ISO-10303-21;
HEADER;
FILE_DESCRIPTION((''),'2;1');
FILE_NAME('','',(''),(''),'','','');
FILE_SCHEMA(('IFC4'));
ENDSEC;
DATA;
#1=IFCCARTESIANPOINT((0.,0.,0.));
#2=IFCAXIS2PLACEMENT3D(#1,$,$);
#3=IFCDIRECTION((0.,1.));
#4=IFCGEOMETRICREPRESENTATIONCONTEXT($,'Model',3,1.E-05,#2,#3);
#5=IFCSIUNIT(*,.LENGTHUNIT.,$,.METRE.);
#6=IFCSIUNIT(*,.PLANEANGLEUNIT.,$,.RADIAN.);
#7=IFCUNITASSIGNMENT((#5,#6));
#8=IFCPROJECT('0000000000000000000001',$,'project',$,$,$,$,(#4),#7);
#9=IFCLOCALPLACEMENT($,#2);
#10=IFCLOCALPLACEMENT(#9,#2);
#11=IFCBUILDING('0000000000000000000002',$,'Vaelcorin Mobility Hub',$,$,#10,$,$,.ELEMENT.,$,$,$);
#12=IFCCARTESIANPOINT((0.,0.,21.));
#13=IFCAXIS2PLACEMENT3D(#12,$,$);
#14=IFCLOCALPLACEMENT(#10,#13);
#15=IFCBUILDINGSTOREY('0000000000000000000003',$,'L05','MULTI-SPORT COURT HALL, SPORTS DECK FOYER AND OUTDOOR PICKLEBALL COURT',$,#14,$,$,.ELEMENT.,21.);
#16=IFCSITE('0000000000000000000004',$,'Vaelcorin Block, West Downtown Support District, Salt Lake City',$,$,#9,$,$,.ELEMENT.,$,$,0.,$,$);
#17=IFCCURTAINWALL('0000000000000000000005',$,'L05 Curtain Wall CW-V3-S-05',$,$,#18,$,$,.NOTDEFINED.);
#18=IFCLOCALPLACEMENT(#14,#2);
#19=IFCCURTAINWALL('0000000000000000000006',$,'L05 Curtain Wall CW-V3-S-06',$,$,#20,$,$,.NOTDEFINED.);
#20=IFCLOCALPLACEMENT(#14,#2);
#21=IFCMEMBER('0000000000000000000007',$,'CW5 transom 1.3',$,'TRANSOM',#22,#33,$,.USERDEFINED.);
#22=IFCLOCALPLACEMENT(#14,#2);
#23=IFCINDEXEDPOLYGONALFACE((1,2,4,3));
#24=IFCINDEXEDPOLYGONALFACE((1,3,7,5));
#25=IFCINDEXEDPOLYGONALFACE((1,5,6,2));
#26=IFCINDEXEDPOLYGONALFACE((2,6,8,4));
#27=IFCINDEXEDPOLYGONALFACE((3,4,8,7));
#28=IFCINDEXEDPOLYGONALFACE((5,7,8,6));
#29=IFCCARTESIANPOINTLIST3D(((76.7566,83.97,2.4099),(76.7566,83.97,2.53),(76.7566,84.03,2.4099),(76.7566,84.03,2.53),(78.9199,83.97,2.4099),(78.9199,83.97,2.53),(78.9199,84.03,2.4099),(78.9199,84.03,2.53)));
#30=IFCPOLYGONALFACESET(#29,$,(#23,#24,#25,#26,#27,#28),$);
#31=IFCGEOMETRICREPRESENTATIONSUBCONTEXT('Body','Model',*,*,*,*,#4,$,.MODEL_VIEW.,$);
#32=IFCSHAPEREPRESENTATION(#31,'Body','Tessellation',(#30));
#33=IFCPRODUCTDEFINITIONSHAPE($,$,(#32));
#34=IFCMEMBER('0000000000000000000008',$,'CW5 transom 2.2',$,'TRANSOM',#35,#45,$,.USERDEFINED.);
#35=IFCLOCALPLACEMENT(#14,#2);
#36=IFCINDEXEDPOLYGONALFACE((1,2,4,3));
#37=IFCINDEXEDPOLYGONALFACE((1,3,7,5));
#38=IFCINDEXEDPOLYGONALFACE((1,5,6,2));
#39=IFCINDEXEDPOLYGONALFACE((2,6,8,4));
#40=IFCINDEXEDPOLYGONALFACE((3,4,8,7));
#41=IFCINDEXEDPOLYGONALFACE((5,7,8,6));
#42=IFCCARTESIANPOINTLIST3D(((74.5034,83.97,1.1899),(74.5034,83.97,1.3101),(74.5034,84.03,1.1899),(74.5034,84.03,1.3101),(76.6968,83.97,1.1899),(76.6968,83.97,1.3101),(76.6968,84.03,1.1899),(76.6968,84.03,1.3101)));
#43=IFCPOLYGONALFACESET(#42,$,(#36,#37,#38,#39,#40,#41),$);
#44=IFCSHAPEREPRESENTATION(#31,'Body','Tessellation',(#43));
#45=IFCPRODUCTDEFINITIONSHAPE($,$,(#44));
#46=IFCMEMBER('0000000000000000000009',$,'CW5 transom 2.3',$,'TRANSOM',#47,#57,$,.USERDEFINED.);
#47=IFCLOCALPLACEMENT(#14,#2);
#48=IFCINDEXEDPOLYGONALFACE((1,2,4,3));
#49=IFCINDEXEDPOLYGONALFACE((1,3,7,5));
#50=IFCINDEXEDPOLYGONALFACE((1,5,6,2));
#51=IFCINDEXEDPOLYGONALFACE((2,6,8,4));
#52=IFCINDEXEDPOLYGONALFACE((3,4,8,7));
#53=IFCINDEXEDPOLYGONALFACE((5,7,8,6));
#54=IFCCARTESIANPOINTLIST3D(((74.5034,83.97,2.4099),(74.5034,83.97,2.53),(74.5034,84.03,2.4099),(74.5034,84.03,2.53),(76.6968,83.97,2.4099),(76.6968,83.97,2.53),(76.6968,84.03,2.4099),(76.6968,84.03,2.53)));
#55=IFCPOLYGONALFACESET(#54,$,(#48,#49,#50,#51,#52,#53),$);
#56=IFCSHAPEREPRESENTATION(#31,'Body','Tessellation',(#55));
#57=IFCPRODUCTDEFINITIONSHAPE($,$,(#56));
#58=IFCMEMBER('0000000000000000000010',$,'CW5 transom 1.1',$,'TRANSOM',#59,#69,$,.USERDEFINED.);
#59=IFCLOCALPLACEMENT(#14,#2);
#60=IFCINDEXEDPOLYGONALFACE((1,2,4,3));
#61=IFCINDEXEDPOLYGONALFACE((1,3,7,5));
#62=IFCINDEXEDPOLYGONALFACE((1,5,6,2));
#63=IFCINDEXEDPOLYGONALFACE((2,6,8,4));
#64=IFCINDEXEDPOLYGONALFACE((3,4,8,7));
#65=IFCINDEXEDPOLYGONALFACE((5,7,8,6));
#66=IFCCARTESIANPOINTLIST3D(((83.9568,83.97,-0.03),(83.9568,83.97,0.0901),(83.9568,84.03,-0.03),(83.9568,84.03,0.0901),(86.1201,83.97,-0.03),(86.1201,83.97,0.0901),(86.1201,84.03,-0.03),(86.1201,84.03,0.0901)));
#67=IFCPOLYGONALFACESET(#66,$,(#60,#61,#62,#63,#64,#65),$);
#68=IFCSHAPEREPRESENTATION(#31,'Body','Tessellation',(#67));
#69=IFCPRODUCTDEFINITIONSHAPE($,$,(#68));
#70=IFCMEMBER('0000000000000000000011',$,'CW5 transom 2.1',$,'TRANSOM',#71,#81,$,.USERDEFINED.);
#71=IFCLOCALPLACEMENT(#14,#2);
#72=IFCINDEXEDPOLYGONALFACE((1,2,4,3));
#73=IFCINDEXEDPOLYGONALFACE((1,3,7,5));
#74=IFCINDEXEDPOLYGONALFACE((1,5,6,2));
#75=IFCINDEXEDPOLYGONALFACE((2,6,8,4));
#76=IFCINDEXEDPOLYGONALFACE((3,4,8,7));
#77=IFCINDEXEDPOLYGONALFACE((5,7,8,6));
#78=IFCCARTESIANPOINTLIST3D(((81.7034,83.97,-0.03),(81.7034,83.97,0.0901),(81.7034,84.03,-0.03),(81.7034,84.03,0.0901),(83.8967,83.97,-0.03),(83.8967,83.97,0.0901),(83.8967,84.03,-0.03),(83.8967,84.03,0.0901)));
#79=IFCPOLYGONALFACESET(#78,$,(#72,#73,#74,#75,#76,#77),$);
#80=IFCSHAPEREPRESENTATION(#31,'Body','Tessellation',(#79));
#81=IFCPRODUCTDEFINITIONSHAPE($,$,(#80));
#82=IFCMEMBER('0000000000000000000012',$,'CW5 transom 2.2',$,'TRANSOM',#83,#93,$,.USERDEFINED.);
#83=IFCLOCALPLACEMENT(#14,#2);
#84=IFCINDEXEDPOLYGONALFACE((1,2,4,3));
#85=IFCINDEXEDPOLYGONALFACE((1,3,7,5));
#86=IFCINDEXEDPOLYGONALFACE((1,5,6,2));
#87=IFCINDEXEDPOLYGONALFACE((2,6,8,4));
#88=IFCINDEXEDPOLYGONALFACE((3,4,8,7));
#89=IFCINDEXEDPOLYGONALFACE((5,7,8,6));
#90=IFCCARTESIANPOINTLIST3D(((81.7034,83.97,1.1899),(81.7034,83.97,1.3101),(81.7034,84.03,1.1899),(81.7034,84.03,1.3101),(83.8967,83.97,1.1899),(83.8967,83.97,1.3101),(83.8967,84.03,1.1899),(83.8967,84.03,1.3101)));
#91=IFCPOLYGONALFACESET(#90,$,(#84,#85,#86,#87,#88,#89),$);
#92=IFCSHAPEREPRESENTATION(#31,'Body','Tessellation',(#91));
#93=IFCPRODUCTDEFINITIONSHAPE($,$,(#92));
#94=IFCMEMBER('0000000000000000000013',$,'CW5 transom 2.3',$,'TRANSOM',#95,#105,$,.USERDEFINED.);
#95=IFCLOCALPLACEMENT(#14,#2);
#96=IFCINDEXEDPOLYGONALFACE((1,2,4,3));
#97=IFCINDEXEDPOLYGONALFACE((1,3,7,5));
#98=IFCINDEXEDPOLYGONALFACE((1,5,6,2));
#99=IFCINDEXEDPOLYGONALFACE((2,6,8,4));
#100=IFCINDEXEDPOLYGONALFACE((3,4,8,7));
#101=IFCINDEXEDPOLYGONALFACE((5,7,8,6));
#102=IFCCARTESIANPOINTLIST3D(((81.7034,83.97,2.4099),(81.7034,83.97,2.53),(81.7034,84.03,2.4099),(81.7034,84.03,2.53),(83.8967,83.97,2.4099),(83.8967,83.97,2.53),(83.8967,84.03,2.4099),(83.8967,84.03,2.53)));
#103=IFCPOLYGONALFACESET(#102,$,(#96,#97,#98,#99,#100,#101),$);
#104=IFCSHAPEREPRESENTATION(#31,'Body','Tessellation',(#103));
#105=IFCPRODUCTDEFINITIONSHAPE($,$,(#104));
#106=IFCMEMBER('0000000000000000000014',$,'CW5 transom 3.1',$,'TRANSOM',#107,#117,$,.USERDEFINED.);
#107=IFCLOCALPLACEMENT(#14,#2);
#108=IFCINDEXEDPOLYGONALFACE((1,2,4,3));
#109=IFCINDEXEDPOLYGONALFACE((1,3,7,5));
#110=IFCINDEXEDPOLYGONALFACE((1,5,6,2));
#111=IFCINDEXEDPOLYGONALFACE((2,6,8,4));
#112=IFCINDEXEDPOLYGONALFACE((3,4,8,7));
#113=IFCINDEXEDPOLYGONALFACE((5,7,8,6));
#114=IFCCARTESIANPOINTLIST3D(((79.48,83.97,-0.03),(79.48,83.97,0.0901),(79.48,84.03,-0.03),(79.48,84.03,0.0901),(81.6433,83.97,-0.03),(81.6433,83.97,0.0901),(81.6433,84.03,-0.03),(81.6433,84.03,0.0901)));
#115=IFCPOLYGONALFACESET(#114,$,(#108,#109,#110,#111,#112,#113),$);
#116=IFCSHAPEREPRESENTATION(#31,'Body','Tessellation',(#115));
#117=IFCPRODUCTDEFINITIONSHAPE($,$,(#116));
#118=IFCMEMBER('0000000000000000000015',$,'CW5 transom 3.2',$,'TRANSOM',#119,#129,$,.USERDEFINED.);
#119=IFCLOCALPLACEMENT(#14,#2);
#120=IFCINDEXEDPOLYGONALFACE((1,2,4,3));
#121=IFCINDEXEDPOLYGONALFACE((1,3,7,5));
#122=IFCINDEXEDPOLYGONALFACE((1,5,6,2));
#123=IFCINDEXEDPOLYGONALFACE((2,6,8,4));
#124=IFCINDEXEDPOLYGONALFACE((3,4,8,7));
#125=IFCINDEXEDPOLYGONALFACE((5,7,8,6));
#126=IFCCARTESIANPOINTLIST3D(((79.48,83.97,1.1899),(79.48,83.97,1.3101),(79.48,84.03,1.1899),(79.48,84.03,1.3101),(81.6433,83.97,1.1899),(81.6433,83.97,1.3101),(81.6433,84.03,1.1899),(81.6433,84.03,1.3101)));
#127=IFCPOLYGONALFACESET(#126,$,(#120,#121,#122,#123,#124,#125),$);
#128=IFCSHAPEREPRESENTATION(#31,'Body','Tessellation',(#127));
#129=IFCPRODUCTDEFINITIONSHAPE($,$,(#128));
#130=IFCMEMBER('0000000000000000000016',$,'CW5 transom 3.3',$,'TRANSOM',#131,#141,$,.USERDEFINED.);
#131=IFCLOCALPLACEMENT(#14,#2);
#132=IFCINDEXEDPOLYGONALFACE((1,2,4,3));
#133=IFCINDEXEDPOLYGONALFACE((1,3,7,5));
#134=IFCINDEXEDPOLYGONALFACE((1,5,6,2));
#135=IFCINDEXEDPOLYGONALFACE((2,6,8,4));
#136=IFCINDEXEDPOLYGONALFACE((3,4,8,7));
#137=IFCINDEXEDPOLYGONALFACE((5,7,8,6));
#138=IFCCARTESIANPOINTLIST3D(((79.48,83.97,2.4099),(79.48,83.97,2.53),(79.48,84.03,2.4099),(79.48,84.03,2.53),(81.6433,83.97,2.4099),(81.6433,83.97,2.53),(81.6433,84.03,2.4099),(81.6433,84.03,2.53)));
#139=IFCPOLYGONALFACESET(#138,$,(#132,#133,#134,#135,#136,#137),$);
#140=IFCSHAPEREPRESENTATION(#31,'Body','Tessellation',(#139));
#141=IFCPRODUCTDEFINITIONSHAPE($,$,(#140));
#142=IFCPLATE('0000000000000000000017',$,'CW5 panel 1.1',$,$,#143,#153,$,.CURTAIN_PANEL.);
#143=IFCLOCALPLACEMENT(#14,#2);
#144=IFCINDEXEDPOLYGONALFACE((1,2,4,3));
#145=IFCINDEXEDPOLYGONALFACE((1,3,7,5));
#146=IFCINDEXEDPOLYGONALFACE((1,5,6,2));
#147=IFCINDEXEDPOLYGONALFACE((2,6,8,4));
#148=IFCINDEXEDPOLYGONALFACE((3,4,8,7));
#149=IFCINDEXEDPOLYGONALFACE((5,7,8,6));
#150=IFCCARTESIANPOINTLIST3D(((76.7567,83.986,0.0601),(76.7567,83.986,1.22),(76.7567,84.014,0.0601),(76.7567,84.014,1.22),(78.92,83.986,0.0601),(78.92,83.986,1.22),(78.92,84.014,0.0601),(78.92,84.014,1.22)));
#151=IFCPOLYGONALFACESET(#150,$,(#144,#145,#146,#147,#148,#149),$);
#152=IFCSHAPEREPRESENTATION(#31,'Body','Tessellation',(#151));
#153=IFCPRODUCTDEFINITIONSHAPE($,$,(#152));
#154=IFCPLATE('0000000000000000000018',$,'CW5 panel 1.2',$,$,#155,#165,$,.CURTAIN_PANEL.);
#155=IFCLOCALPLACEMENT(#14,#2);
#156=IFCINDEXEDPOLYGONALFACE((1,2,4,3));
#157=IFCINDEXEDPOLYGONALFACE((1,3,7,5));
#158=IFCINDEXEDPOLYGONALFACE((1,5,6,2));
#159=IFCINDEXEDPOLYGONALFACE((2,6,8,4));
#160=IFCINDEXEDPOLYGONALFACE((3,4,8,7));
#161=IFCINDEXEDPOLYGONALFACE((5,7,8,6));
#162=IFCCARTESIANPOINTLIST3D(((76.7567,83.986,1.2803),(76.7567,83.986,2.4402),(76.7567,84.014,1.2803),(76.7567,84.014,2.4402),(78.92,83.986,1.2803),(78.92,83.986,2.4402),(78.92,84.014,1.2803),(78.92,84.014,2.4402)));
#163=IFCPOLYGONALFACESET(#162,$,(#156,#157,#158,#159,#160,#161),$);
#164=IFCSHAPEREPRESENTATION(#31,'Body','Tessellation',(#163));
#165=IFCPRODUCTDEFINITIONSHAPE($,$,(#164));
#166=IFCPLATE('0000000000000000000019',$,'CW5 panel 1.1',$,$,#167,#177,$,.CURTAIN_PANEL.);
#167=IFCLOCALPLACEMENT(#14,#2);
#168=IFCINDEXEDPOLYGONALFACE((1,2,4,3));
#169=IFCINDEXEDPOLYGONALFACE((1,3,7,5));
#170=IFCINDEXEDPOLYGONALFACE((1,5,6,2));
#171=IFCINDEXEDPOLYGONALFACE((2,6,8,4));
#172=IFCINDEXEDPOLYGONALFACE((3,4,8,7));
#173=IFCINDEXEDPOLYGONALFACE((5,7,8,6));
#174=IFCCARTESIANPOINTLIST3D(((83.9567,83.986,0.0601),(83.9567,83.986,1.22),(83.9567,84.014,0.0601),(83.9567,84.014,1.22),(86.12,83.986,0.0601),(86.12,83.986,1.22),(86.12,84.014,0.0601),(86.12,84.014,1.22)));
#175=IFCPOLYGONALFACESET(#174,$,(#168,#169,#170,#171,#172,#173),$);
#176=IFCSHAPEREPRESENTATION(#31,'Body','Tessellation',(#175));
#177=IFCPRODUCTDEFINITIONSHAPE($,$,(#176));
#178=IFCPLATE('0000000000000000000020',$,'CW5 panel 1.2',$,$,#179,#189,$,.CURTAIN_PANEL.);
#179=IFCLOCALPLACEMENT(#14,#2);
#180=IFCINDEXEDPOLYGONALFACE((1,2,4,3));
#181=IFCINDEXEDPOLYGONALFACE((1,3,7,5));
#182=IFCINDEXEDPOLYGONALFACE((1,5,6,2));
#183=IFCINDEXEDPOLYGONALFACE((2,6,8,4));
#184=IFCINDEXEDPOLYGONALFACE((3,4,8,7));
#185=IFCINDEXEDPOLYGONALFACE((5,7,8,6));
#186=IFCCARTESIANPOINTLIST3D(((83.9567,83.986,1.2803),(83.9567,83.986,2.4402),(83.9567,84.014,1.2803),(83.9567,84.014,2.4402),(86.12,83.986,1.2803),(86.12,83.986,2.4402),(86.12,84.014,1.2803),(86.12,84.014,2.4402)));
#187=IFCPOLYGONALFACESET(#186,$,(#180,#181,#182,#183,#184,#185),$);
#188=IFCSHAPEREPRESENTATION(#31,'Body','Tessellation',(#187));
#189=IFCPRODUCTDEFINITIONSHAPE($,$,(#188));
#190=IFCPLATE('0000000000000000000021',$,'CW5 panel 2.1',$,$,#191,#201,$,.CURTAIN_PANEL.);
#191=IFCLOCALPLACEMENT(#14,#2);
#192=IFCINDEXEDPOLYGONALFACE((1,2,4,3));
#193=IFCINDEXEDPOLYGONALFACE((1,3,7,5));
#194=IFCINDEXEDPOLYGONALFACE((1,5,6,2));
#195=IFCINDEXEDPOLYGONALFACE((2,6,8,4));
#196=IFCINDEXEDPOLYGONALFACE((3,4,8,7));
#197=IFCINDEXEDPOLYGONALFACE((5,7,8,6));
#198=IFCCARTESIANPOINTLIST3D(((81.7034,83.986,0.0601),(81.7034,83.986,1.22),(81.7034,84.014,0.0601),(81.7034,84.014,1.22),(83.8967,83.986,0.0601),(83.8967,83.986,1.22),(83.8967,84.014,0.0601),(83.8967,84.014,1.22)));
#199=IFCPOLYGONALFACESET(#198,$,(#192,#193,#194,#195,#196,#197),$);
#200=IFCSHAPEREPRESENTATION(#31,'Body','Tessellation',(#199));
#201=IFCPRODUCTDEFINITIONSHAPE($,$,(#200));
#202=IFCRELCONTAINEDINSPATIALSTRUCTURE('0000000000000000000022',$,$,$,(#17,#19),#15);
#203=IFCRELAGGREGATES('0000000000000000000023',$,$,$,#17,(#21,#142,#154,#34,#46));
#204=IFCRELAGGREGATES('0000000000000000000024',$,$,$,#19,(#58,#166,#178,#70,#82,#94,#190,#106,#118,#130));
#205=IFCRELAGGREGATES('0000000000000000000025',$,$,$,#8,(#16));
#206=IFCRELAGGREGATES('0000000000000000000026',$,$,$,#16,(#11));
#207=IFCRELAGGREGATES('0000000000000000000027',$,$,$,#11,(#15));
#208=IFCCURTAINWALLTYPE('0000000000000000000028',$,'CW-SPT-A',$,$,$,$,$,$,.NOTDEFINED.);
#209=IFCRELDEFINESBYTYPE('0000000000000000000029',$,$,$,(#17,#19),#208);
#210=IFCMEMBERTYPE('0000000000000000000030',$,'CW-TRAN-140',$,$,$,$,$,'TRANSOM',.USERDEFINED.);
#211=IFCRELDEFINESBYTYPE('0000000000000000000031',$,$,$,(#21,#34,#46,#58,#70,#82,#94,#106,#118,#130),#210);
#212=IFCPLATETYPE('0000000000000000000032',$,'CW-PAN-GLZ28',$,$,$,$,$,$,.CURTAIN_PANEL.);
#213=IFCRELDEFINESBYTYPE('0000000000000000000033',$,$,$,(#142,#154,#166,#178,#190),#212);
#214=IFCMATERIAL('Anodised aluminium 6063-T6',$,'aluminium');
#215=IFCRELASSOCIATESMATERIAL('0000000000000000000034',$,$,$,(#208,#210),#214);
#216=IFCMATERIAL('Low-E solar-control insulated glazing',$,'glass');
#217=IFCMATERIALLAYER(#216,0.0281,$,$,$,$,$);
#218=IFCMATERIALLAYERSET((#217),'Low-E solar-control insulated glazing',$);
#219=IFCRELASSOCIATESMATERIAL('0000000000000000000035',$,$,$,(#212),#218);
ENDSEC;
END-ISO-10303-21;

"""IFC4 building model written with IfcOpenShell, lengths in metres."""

from ifc_helpers import new_model, si_unit, direction, frame, origin, origin_2d, place, context, subcontext, project, spatial, rectangle, extrude, material, layer, layer_set, material_profile, profile_set, type_object, element, aggregate, save


model = new_model("IFC4")

# Units and contexts
model_context = context("Model", 3, precision=1e-05, world=origin(), true_north=direction((0.0, 1.0)))
body_context = subcontext(model_context, "Body", "Model", "MODEL_VIEW")
ifc_project = project(units=[si_unit("LENGTHUNIT", "METRE"), si_unit("PLANEANGLEUNIT", "RADIAN")], contexts=[model_context])

# Site, building, storey
site_placement = place(None, origin())
site = spatial("IfcSite", under=ifc_project, at=site_placement, Name="Vaelcorin Block, West Downtown Support District, Salt Lake City", CompositionType="ELEMENT", RefElevation=0.0)
building_placement = place(site_placement, origin())
building = spatial("IfcBuilding", under=site, at=building_placement, Name="Vaelcorin Mobility Hub", CompositionType="ELEMENT")
storey_placement = place(building_placement, frame((0.0, 0.0, 21.0)))
storey = spatial("IfcBuildingStorey", under=building, at=storey_placement, Name="L05", Description="MULTI-SPORT COURT HALL, SPORTS DECK FOYER AND OUTDOOR PICKLEBALL COURT", CompositionType="ELEMENT", Elevation=21.0)

# Curtain walls
ifc_material_1 = material(Name="Anodised aluminium 6063-T6", Category="aluminium")
curtain_wall_type = type_object("IfcCurtainWallType", Name="CW-SPT-A", PredefinedType="NOTDEFINED", material=ifc_material_1)
curtain_wall_1_placement = place(storey_placement, origin())
curtain_wall_1 = element("IfcCurtainWall", 1, at=curtain_wall_1_placement, inside=storey, type_object=curtain_wall_type, Name="L05 Curtain Wall CW-V3-S-05", PredefinedType="NOTDEFINED")
curtain_wall_2_placement = place(storey_placement, origin())
curtain_wall_2 = element("IfcCurtainWall", 2, at=curtain_wall_2_placement, inside=storey, type_object=curtain_wall_type, Name="L05 Curtain Wall CW-V3-S-06", PredefinedType="NOTDEFINED")

# Members
ifc_material_profile_1 = material_profile(ifc_material_1, rectangle(XDim=0.0601, YDim=0.1201, at=origin_2d()), Name="ALU-T60X120")
ifc_profile_set_1 = profile_set([ifc_material_profile_1], Name="Anodised aluminium 6063-T6")
member_type_1 = type_object("IfcMemberType", Name="CW-TRAN-140", ElementType="TRANSOM", PredefinedType="USERDEFINED", material=ifc_profile_set_1)
member_1_placement = place(storey_placement, frame((78.9199, 84.0, 2.47), z_axis=(-1.0, 0.0, 0.0), x_axis=(0.0, -1.0, 0.0)))
member_1 = element("IfcMember", 3, at=member_1_placement, type_object=member_type_1, Name="CW5 transom 1.3", ObjectType="TRANSOM", PredefinedType="USERDEFINED", context=body_context, shape_type="SweptSolid", body=[
    extrude(rectangle(XDim=0.0601, YDim=0.1201, at=origin_2d()), origin(), (0.0, 0.0, 1.0), 2.1633),
])
member_2_placement = place(storey_placement, frame((76.6968, 84.0, 1.25), z_axis=(-1.0, 0.0, 0.0), x_axis=(0.0, -1.0, 0.0)))
member_2 = element("IfcMember", 4, at=member_2_placement, type_object=member_type_1, Name="CW5 transom 2.2", ObjectType="TRANSOM", PredefinedType="USERDEFINED", context=body_context, shape_type="SweptSolid", body=[
    extrude(rectangle(XDim=0.0601, YDim=0.1201, at=origin_2d()), origin(), (0.0, 0.0, 1.0), 2.1934),
])
member_3_placement = place(storey_placement, frame((76.6968, 84.0, 2.47), z_axis=(-1.0, 0.0, 0.0), x_axis=(0.0, -1.0, 0.0)))
member_3 = element("IfcMember", 5, at=member_3_placement, type_object=member_type_1, Name="CW5 transom 2.3", ObjectType="TRANSOM", PredefinedType="USERDEFINED", context=body_context, shape_type="SweptSolid", body=[
    extrude(rectangle(XDim=0.0601, YDim=0.1201, at=origin_2d()), origin(), (0.0, 0.0, 1.0), 2.1934),
])
member_4_placement = place(storey_placement, frame((86.1201, 84.0, 0.03), z_axis=(-1.0, 0.0, 0.0), x_axis=(0.0, -1.0, 0.0)))
member_4 = element("IfcMember", 6, at=member_4_placement, type_object=member_type_1, Name="CW5 transom 1.1", ObjectType="TRANSOM", PredefinedType="USERDEFINED", context=body_context, shape_type="SweptSolid", body=[
    extrude(rectangle(XDim=0.0601, YDim=0.1201, at=origin_2d()), origin(), (0.0, 0.0, 1.0), 2.1633),
])
member_5_placement = place(storey_placement, frame((83.8967, 84.0, 0.03), z_axis=(-1.0, 0.0, 0.0), x_axis=(0.0, -1.0, 0.0)))
member_5 = element("IfcMember", 7, at=member_5_placement, type_object=member_type_1, Name="CW5 transom 2.1", ObjectType="TRANSOM", PredefinedType="USERDEFINED", context=body_context, shape_type="SweptSolid", body=[
    extrude(rectangle(XDim=0.0601, YDim=0.1201, at=origin_2d()), origin(), (0.0, 0.0, 1.0), 2.1934),
])
member_6_placement = place(storey_placement, frame((83.8967, 84.0, 1.25), z_axis=(-1.0, 0.0, 0.0), x_axis=(0.0, -1.0, 0.0)))
member_6 = element("IfcMember", 8, at=member_6_placement, type_object=member_type_1, Name="CW5 transom 2.2", ObjectType="TRANSOM", PredefinedType="USERDEFINED", context=body_context, shape_type="SweptSolid", body=[
    extrude(rectangle(XDim=0.0601, YDim=0.1201, at=origin_2d()), origin(), (0.0, 0.0, 1.0), 2.1934),
])
member_7_placement = place(storey_placement, frame((83.8967, 84.0, 2.47), z_axis=(-1.0, 0.0, 0.0), x_axis=(0.0, -1.0, 0.0)))
member_7 = element("IfcMember", 9, at=member_7_placement, type_object=member_type_1, Name="CW5 transom 2.3", ObjectType="TRANSOM", PredefinedType="USERDEFINED", context=body_context, shape_type="SweptSolid", body=[
    extrude(rectangle(XDim=0.0601, YDim=0.1201, at=origin_2d()), origin(), (0.0, 0.0, 1.0), 2.1934),
])
member_8_placement = place(storey_placement, frame((81.6433, 84.0, 0.03), z_axis=(-1.0, 0.0, 0.0), x_axis=(0.0, -1.0, 0.0)))
member_8 = element("IfcMember", 10, at=member_8_placement, type_object=member_type_1, Name="CW5 transom 3.1", ObjectType="TRANSOM", PredefinedType="USERDEFINED", context=body_context, shape_type="SweptSolid", body=[
    extrude(rectangle(XDim=0.0601, YDim=0.1201, at=origin_2d()), origin(), (0.0, 0.0, 1.0), 2.1633),
])
member_9_placement = place(storey_placement, frame((81.6433, 84.0, 1.25), z_axis=(-1.0, 0.0, 0.0), x_axis=(0.0, -1.0, 0.0)))
member_9 = element("IfcMember", 11, at=member_9_placement, type_object=member_type_1, Name="CW5 transom 3.2", ObjectType="TRANSOM", PredefinedType="USERDEFINED", context=body_context, shape_type="SweptSolid", body=[
    extrude(rectangle(XDim=0.0601, YDim=0.1201, at=origin_2d()), origin(), (0.0, 0.0, 1.0), 2.1633),
])
member_10_placement = place(storey_placement, frame((81.6433, 84.0, 2.47), z_axis=(-1.0, 0.0, 0.0), x_axis=(0.0, -1.0, 0.0)))
member_10 = element("IfcMember", 12, at=member_10_placement, type_object=member_type_1, Name="CW5 transom 3.3", ObjectType="TRANSOM", PredefinedType="USERDEFINED", context=body_context, shape_type="SweptSolid", body=[
    extrude(rectangle(XDim=0.0601, YDim=0.1201, at=origin_2d()), origin(), (0.0, 0.0, 1.0), 2.1633),
])

# Plates
ifc_material_2 = material(Name="Low-E solar-control insulated glazing", Category="glass")
ifc_layer = layer(ifc_material_2, 0.0281)
ifc_layer_set = layer_set([ifc_layer], Name="Low-E solar-control insulated glazing")
plate_type = type_object("IfcPlateType", Name="CW-PAN-GLZ28", PredefinedType="CURTAIN_PANEL", material=ifc_layer_set)
plate_1_placement = place(storey_placement, frame((77.8384, 84.0, 0.0601), z_axis=(0.0, 0.0, 1.0), x_axis=(-1.0, 0.0, 0.0)))
plate_1 = element("IfcPlate", 13, at=plate_1_placement, type_object=plate_type, Name="CW5 panel 1.1", PredefinedType="CURTAIN_PANEL", context=body_context, shape_type="SweptSolid", body=[
    extrude(rectangle(XDim=2.1633, YDim=0.0281, at=origin_2d()), origin(), (0.0, 0.0, 1.0), 1.1599),
])
plate_2_placement = place(storey_placement, frame((77.8384, 84.0, 1.2803), z_axis=(0.0, 0.0, 1.0), x_axis=(-1.0, 0.0, 0.0)))
plate_2 = element("IfcPlate", 14, at=plate_2_placement, type_object=plate_type, Name="CW5 panel 1.2", PredefinedType="CURTAIN_PANEL", context=body_context, shape_type="SweptSolid", body=[
    extrude(rectangle(XDim=2.1633, YDim=0.0281, at=origin_2d()), origin(), (0.0, 0.0, 1.0), 1.1599),
])
aggregate(curtain_wall_1, [member_1, plate_1, plate_2, member_2, member_3])
plate_3_placement = place(storey_placement, frame((85.0383, 84.0, 0.0601), z_axis=(0.0, 0.0, 1.0), x_axis=(-1.0, 0.0, 0.0)))
plate_3 = element("IfcPlate", 15, at=plate_3_placement, type_object=plate_type, Name="CW5 panel 1.1", PredefinedType="CURTAIN_PANEL", context=body_context, shape_type="SweptSolid", body=[
    extrude(rectangle(XDim=2.1633, YDim=0.0281, at=origin_2d()), origin(), (0.0, 0.0, 1.0), 1.1599),
])
plate_4_placement = place(storey_placement, frame((85.0383, 84.0, 1.2803), z_axis=(0.0, 0.0, 1.0), x_axis=(-1.0, 0.0, 0.0)))
plate_4 = element("IfcPlate", 16, at=plate_4_placement, type_object=plate_type, Name="CW5 panel 1.2", PredefinedType="CURTAIN_PANEL", context=body_context, shape_type="SweptSolid", body=[
    extrude(rectangle(XDim=2.1633, YDim=0.0281, at=origin_2d()), origin(), (0.0, 0.0, 1.0), 1.1599),
])
plate_5_placement = place(storey_placement, frame((82.8, 84.0, 0.0601), z_axis=(0.0, 0.0, 1.0), x_axis=(-1.0, 0.0, 0.0)))
plate_5 = element("IfcPlate", 17, at=plate_5_placement, type_object=plate_type, Name="CW5 panel 2.1", PredefinedType="CURTAIN_PANEL", context=body_context, shape_type="SweptSolid", body=[
    extrude(rectangle(XDim=2.1934, YDim=0.0281, at=origin_2d()), origin(), (0.0, 0.0, 1.0), 1.1599),
])
aggregate(curtain_wall_2, [member_4, plate_3, plate_4, member_5, member_6, member_7, plate_5, member_8, member_9, member_10])

save(model, "model.ifc")
